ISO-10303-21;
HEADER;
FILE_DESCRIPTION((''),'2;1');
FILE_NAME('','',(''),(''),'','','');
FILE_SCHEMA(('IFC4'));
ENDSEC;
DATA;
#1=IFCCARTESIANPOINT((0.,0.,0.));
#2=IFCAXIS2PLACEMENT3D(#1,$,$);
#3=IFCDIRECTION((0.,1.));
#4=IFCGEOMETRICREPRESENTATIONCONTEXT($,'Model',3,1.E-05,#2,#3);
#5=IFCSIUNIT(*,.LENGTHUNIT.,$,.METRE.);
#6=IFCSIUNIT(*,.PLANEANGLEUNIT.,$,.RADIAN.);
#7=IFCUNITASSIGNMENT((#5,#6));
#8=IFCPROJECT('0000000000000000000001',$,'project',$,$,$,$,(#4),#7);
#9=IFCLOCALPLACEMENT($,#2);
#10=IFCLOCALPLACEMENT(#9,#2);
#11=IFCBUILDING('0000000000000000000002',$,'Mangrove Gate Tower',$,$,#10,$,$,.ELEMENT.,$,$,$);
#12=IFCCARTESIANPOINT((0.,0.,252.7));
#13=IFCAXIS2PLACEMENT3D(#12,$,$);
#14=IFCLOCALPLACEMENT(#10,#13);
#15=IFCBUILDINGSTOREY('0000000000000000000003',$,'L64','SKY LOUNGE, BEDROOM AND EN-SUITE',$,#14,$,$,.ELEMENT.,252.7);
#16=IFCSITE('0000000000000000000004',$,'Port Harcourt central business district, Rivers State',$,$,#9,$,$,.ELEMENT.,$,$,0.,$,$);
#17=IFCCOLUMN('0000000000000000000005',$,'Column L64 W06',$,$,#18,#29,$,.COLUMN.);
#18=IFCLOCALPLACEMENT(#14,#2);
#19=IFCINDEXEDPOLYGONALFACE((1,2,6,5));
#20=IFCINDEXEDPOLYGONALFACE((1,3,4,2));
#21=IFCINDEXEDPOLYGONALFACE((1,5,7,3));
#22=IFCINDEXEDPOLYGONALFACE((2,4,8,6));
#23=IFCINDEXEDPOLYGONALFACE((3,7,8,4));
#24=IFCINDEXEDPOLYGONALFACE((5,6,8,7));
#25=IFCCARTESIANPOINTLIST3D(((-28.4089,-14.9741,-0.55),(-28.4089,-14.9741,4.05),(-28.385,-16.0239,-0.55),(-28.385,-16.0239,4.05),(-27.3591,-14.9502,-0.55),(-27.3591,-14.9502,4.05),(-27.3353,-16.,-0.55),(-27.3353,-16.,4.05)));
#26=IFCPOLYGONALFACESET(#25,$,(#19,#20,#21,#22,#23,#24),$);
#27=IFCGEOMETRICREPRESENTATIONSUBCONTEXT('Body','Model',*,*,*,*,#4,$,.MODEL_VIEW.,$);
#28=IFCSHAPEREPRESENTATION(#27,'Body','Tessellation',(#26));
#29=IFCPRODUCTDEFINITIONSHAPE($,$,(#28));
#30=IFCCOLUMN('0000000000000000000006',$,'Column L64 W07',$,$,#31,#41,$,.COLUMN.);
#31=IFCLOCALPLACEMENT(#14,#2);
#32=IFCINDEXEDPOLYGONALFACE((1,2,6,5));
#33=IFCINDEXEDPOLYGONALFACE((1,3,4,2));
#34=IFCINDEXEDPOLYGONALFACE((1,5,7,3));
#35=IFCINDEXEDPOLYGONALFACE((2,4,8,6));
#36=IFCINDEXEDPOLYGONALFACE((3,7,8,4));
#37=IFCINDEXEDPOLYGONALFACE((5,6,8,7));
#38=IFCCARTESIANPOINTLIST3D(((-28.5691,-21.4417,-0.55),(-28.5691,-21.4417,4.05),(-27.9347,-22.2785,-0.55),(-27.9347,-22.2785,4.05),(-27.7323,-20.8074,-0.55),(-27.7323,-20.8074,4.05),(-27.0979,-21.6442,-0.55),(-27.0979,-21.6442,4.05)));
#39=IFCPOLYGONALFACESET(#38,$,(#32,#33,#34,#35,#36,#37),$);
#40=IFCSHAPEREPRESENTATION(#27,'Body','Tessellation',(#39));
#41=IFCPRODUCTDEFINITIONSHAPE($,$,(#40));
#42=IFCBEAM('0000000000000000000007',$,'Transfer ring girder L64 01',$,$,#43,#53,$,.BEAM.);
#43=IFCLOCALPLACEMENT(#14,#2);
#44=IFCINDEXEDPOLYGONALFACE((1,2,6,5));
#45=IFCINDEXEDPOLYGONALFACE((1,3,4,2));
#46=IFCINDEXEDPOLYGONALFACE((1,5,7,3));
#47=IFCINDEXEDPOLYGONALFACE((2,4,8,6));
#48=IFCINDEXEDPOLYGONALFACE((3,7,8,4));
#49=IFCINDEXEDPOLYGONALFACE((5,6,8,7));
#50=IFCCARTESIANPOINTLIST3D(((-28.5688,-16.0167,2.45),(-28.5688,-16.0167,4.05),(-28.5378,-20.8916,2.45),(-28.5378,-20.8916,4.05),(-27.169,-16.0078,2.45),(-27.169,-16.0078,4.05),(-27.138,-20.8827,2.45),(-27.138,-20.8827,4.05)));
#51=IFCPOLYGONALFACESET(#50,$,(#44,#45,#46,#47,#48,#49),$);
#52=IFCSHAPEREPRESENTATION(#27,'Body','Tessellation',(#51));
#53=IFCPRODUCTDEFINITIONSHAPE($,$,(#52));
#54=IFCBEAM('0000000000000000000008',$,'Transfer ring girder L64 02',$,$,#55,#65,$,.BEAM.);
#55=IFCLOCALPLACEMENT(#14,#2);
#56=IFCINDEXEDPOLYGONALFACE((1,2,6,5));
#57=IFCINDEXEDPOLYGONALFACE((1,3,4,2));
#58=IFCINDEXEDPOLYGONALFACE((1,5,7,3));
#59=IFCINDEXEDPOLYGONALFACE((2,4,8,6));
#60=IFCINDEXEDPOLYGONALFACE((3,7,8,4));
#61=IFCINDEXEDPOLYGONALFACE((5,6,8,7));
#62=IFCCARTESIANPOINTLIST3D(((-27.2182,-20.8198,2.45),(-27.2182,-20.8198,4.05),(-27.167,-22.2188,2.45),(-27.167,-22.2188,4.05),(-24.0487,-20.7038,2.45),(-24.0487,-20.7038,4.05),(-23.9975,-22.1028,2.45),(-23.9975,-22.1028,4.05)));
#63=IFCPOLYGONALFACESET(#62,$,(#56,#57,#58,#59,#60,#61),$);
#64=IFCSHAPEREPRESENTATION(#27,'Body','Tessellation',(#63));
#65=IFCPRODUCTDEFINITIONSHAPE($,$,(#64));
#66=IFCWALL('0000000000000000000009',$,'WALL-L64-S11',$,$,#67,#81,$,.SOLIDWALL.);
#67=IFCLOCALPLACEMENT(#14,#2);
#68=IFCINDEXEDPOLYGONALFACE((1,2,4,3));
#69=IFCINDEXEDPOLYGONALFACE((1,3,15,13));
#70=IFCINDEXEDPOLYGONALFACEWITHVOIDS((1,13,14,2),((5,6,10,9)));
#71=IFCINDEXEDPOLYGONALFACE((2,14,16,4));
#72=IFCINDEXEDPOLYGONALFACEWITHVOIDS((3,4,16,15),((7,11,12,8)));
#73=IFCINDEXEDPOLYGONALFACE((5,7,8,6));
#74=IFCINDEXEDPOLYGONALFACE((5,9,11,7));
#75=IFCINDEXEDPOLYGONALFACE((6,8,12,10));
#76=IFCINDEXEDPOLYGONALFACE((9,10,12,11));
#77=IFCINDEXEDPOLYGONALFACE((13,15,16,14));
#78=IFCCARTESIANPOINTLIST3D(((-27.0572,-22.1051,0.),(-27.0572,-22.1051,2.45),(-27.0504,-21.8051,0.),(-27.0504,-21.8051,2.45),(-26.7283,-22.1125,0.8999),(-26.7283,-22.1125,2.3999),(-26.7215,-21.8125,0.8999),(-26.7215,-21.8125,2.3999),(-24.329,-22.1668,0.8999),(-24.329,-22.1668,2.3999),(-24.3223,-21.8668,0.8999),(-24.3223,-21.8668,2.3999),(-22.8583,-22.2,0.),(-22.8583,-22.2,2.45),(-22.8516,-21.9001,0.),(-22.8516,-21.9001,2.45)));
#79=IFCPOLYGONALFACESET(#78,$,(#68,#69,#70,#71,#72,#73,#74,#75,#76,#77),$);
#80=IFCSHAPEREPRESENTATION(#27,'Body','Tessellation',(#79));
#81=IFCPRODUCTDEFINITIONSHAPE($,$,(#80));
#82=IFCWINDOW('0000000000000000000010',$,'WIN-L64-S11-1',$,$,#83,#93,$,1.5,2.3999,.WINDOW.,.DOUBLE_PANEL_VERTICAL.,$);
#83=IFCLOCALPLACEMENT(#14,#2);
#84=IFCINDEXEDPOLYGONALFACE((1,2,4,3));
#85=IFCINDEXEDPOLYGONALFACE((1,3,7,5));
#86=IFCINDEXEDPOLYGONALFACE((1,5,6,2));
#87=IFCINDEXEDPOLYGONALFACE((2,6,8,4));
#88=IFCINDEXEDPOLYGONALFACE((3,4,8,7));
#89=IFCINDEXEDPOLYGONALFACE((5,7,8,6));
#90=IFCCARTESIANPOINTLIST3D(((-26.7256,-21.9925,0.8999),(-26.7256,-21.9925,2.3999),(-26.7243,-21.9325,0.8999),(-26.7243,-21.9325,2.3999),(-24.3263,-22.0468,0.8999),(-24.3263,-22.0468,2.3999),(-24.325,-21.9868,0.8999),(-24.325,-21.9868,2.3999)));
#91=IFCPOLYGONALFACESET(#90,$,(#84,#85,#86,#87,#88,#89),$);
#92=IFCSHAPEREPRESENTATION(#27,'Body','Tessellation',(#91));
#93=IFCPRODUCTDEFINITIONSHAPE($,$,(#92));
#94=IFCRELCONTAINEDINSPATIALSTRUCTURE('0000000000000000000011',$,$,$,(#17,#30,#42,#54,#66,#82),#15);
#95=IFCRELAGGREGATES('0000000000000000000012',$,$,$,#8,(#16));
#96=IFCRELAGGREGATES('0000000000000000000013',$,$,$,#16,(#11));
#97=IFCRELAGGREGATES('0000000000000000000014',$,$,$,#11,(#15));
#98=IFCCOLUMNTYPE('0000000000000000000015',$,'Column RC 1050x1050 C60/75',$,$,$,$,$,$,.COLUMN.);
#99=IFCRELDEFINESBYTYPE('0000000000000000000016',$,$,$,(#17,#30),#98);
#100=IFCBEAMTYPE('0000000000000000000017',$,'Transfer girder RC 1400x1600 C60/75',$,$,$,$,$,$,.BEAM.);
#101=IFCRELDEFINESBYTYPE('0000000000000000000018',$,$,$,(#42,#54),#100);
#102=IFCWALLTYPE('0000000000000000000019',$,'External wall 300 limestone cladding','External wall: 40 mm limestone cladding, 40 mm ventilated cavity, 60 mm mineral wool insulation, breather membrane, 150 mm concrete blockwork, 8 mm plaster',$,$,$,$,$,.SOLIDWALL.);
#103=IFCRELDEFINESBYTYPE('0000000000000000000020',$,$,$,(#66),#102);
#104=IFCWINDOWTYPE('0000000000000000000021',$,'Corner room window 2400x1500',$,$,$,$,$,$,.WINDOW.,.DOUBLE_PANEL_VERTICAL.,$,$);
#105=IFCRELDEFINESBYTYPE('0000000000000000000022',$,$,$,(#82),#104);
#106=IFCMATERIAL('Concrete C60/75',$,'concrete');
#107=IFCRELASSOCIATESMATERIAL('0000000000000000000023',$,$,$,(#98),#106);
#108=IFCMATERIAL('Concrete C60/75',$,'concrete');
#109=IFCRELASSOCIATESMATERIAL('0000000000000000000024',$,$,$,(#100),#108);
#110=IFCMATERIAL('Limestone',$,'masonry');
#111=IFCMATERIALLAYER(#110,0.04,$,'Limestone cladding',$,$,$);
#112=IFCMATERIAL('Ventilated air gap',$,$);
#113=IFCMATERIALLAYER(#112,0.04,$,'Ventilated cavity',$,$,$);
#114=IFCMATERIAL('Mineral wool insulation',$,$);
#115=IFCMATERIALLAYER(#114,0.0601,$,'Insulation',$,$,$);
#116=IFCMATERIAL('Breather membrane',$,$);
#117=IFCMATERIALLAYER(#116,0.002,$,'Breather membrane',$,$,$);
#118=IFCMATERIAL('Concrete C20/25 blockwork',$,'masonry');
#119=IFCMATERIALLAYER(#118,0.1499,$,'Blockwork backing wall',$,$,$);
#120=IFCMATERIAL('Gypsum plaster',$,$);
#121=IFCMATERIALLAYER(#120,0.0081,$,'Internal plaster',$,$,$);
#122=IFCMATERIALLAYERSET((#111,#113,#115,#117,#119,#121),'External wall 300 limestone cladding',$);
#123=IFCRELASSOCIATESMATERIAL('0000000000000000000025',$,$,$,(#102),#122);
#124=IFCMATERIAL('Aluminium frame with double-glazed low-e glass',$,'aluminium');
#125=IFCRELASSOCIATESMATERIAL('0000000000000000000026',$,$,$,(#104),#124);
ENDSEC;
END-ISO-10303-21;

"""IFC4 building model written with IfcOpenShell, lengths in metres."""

from ifc_helpers import new_model, si_unit, direction, frame, frame_2d, origin, origin_2d, place, context, subcontext, project, spatial, rectangle, extrude, material, layer, layer_set, material_profile, profile_set, type_object, element, fill, save


model = new_model("IFC4")

# Units and contexts
model_context = context("Model", 3, precision=1e-05, world=origin(), true_north=direction((0.0, 1.0)))
body_context = subcontext(model_context, "Body", "Model", "MODEL_VIEW")
ifc_project = project(units=[si_unit("LENGTHUNIT", "METRE"), si_unit("PLANEANGLEUNIT", "RADIAN")], contexts=[model_context])

# Site, building, storey
site_placement = place(None, origin())
site = spatial("IfcSite", under=ifc_project, at=site_placement, Name="Port Harcourt central business district, Rivers State", CompositionType="ELEMENT", RefElevation=0.0)
building_placement = place(site_placement, origin())
building = spatial("IfcBuilding", under=site, at=building_placement, Name="Mangrove Gate Tower", CompositionType="ELEMENT")
storey_placement = place(building_placement, frame((0.0, 0.0, 252.7)))
storey = spatial("IfcBuildingStorey", under=building, at=storey_placement, Name="L64", Description="SKY LOUNGE, BEDROOM AND EN-SUITE", CompositionType="ELEMENT", Elevation=252.7)

# Columns
ifc_material_1 = material(Name="Concrete C60/75", Category="concrete")
ifc_material_profile_1 = material_profile(ifc_material_1, rectangle(XDim=1.05, YDim=1.05, at=origin_2d()))
ifc_profile_set_1 = profile_set([ifc_material_profile_1], Name="Concrete C60/75")
column_type = type_object("IfcColumnType", Name="Column RC 1050x1050 C60/75", PredefinedType="COLUMN", material=ifc_profile_set_1)
for number, where, z_axis, x_axis, name in (
    (1, (-27.8721, -15.4871, -0.55), (0.0, 0.0, 1.0), (0.022711, -0.999742, 0.0), "Column L64 W06"),
    (2, (-27.8335, -21.543, -0.55), (0.0, 0.0, 1.0), (0.604088, -0.796917, 0.0), "Column L64 W07"),
):
    element("IfcColumn", number, at=place(storey_placement, frame(where, z_axis=z_axis, x_axis=x_axis)), inside=storey, type_object=column_type, Name=name, PredefinedType="COLUMN", context=body_context, shape_type="SweptSolid", body=[
        extrude(rectangle(XDim=1.05, YDim=1.05, at=origin_2d()), origin(), (0.0, 0.0, 1.0), 4.6001),
    ])

# Beams
ifc_material_2 = material(Name="Concrete C60/75", Category="concrete")
ifc_material_profile_2 = material_profile(ifc_material_2, rectangle(XDim=1.3999, YDim=1.6001, at=origin_2d()))
ifc_profile_set_2 = profile_set([ifc_material_profile_2], Name="Concrete C60/75")
beam_type = type_object("IfcBeamType", Name="Transfer girder RC 1400x1600 C60/75", PredefinedType="BEAM", material=ifc_profile_set_2)
beam_1_placement = place(storey_placement, frame((-27.8689, -16.0122, 3.25), z_axis=(0.00636, -0.99998, 0.0), x_axis=(0.99998, 0.00636, 0.0)))
element("IfcBeam", 3, at=beam_1_placement, inside=storey, type_object=beam_type, Name="Transfer ring girder L64 01", PredefinedType="BEAM", context=body_context, shape_type="SweptSolid", body=[
    extrude(rectangle(XDim=1.3999, YDim=1.6001, at=origin_2d()), origin(), (0.0, 0.0, 1.0), 4.875),
])
beam_2_placement = place(storey_placement, frame((-27.1926, -21.5193, 3.25), z_axis=(0.999331, 0.036565, 0.0), x_axis=(-0.036565, 0.999331, 0.0)))
element("IfcBeam", 4, at=beam_2_placement, inside=storey, type_object=beam_type, Name="Transfer ring girder L64 02", PredefinedType="BEAM", context=body_context, shape_type="SweptSolid", body=[
    extrude(rectangle(XDim=1.3999, YDim=1.6001, at=origin_2d()), origin(), (0.0, 0.0, 1.0), 3.1716),
])

# Wall, opening, window
ifc_material_3 = material(Name="Limestone", Category="masonry")
ifc_layer_1 = layer(ifc_material_3, 0.04, Name="Limestone cladding")
ifc_material_4 = material(Name="Ventilated air gap")
ifc_layer_2 = layer(ifc_material_4, 0.04, Name="Ventilated cavity")
ifc_material_5 = material(Name="Mineral wool insulation")
ifc_layer_3 = layer(ifc_material_5, 0.0601, Name="Insulation")
ifc_material_6 = material(Name="Breather membrane")
ifc_layer_4 = layer(ifc_material_6, 0.002, Name="Breather membrane")
ifc_material_7 = material(Name="Concrete C20/25 blockwork", Category="masonry")
ifc_layer_5 = layer(ifc_material_7, 0.1499, Name="Blockwork backing wall")
ifc_material_8 = material(Name="Gypsum plaster")
ifc_layer_6 = layer(ifc_material_8, 0.0081, Name="Internal plaster")
ifc_layer_set = layer_set([ifc_layer_1, ifc_layer_2, ifc_layer_3, ifc_layer_4, ifc_layer_5, ifc_layer_6], Name="External wall 300 limestone cladding")
wall_type = type_object("IfcWallType", Name="External wall 300 limestone cladding", Description="External wall: 40 mm limestone cladding, 40 mm ventilated cavity, 60 mm mineral wool insulation, breather membrane, 150 mm concrete blockwork, 8 mm plaster", PredefinedType="SOLIDWALL", material=ifc_layer_set)
wall_placement = place(storey_placement, frame((-27.054, -21.9551, 0.0), z_axis=(0.0, 0.0, 1.0), x_axis=(0.999744, -0.022612, 0.0)))
wall = element("IfcWall", 5, at=wall_placement, inside=storey, type_object=wall_type, Name="WALL-L64-S11", PredefinedType="SOLIDWALL", context=body_context, shape_type="SweptSolid", body=[
    extrude(rectangle(XDim=4.2, YDim=0.3, at=frame_2d((2.1001, 0.0))), origin(), (0.0, 0.0, 1.0), 2.45),
])
opening_placement = place(wall_placement, frame((0.3291, 0.0, 0.8999)))
opening = element("IfcOpeningElement", 6, at=opening_placement, cuts=wall, PredefinedType="OPENING", context=body_context, shape_type="SweptSolid", body=[
    extrude(rectangle(XDim=2.3999, YDim=1.5, at=frame_2d((1.2, 0.75))), frame((0.0, 0.1599, 0.0), z_axis=(0.0, -1.0, 0.0), x_axis=(1.0, 0.0, 0.0)), (0.0, 0.0, 1.0), 0.3201),
])
ifc_material_9 = material(Name="Aluminium frame with double-glazed low-e glass", Category="aluminium")
window_type = type_object("IfcWindowType", Name="Corner room window 2400x1500", PartitioningType="DOUBLE_PANEL_VERTICAL", PredefinedType="WINDOW", material=ifc_material_9)
window_placement = place(opening_placement, origin())
window = element("IfcWindow", 7, at=window_placement, inside=storey, type_object=window_type, Name="WIN-L64-S11-1", OverallHeight=1.5, OverallWidth=2.3999, PartitioningType="DOUBLE_PANEL_VERTICAL", PredefinedType="WINDOW", context=body_context, shape_type="SweptSolid", body=[
    extrude(rectangle(XDim=2.3999, YDim=1.5, at=frame_2d((1.2, 0.75))), frame((0.0, 0.03, 0.0), z_axis=(0.0, -1.0, 0.0), x_axis=(1.0, 0.0, 0.0)), (0.0, 0.0, 1.0), 0.0601),
])
fill(opening, window)

save(model, "model.ifc")
